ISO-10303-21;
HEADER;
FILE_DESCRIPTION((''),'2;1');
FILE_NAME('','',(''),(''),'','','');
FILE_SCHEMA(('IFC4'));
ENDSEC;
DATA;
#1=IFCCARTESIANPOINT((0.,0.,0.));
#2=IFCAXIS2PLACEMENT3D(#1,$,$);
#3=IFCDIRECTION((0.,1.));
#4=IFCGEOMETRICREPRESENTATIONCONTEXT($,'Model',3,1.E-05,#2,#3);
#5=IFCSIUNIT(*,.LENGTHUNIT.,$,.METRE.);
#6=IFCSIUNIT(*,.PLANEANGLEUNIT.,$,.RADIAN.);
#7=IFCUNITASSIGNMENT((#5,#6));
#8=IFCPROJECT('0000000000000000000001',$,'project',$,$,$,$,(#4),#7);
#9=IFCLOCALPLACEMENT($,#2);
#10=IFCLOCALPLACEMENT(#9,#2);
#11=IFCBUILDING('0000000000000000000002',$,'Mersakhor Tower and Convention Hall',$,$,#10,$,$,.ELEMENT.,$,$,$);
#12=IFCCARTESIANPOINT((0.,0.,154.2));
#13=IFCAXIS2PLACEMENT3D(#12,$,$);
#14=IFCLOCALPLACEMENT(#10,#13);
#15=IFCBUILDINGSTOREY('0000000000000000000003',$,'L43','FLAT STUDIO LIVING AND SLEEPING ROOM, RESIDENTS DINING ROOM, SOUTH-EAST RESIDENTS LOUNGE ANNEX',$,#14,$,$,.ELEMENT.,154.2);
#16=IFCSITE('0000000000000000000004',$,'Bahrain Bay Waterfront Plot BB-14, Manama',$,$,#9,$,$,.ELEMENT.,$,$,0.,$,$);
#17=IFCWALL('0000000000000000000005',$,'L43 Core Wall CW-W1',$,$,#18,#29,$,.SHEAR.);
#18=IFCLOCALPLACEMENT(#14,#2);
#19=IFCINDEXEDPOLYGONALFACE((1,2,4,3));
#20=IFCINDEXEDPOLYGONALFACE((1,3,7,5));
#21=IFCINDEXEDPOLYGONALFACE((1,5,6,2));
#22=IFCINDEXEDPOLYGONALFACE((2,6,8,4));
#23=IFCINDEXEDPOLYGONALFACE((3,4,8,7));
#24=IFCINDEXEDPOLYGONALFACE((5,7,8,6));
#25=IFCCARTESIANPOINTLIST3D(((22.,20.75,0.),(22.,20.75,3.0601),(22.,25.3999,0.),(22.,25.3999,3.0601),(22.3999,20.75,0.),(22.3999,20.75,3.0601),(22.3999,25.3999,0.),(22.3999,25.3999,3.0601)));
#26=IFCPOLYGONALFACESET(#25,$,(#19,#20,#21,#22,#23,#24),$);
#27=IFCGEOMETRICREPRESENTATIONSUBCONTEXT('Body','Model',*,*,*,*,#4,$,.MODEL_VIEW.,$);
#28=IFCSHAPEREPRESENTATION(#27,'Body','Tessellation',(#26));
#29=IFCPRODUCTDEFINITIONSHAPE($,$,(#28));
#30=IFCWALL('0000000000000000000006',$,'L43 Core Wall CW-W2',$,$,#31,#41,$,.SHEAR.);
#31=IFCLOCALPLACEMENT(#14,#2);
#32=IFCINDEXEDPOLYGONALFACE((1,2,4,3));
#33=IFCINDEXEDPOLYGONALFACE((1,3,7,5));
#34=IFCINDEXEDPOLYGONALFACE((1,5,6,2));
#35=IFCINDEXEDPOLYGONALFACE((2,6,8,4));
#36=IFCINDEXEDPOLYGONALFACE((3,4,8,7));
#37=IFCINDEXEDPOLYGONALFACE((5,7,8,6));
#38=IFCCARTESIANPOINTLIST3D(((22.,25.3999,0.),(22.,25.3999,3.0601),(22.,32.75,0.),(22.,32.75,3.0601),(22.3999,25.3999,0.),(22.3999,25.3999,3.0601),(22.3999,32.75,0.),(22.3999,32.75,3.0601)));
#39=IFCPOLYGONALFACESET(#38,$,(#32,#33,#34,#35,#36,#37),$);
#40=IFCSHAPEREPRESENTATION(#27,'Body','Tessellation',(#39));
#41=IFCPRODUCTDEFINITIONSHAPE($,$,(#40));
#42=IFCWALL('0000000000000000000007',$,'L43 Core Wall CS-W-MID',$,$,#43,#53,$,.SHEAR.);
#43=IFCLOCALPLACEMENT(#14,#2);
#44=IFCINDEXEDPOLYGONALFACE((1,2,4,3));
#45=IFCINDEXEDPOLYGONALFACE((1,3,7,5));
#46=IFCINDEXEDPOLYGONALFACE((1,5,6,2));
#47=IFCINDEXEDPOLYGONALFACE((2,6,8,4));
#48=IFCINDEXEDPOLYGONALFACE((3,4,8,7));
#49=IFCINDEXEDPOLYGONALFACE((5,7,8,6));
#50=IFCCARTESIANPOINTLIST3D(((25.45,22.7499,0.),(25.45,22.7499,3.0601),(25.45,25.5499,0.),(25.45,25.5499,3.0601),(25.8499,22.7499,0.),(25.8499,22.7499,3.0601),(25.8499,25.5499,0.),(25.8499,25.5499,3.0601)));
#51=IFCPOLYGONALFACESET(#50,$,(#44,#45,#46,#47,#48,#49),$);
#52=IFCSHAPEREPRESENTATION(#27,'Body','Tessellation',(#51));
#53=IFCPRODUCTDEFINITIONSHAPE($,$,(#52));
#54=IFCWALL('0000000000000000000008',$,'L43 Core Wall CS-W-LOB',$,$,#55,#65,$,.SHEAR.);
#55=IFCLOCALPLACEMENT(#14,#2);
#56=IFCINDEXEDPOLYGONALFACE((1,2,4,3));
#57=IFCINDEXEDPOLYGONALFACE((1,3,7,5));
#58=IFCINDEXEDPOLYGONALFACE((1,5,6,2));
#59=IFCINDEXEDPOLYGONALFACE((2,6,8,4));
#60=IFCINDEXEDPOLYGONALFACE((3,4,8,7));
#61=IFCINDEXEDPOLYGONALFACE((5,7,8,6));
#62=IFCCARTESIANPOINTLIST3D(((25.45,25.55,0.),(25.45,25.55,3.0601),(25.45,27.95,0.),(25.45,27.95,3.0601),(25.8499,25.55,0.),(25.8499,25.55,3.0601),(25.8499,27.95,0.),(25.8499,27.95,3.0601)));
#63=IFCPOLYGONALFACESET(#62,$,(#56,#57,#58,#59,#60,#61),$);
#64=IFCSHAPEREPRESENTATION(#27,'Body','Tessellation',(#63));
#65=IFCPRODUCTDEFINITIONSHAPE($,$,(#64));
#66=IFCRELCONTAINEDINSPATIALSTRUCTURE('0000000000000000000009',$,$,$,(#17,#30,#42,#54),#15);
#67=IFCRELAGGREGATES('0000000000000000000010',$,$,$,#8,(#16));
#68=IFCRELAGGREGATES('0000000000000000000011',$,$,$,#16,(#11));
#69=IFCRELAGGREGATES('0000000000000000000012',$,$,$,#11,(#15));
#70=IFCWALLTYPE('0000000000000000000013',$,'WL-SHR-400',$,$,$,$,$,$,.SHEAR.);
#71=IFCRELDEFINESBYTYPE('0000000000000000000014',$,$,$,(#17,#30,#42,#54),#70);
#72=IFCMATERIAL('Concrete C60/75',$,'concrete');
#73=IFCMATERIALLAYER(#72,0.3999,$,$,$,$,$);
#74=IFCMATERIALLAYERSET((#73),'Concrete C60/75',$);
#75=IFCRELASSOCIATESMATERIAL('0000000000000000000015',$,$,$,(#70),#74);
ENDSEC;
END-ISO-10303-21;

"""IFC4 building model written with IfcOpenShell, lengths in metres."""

from ifc_helpers import new_model, si_unit, direction, frame, frame_2d, origin, place, context, subcontext, project, spatial, rectangle, extrude, material, layer, layer_set, type_object, element, save


model = new_model("IFC4")

# Units and contexts
model_context = context("Model", 3, precision=1e-05, world=origin(), true_north=direction((0.0, 1.0)))
body_context = subcontext(model_context, "Body", "Model", "MODEL_VIEW")
ifc_project = project(units=[si_unit("LENGTHUNIT", "METRE"), si_unit("PLANEANGLEUNIT", "RADIAN")], contexts=[model_context])

# Site, building, storey
site_placement = place(None, origin())
site = spatial("IfcSite", under=ifc_project, at=site_placement, Name="Bahrain Bay Waterfront Plot BB-14, Manama", CompositionType="ELEMENT", RefElevation=0.0)
building_placement = place(site_placement, origin())
building = spatial("IfcBuilding", under=site, at=building_placement, Name="Mersakhor Tower and Convention Hall", CompositionType="ELEMENT")
storey_placement = place(building_placement, frame((0.0, 0.0, 154.2)))
storey = spatial("IfcBuildingStorey", under=building, at=storey_placement, Name="L43", Description="FLAT STUDIO LIVING AND SLEEPING ROOM, RESIDENTS DINING ROOM, SOUTH-EAST RESIDENTS LOUNGE ANNEX", CompositionType="ELEMENT", Elevation=154.2)

# Walls
ifc_material_1 = material(Name="Concrete C60/75", Category="concrete")
ifc_layer_1 = layer(ifc_material_1, 0.3999)
ifc_layer_set_1 = layer_set([ifc_layer_1], Name="Concrete C60/75")
wall_type_1 = type_object("IfcWallType", Name="WL-SHR-400", PredefinedType="SHEAR", material=ifc_layer_set_1)
wall_1_placement = place(storey_placement, frame((22.2, 20.75, 0.0), z_axis=(0.0, 0.0, 1.0), x_axis=(0.0, 1.0, 0.0)))
element("IfcWall", 1, at=wall_1_placement, inside=storey, type_object=wall_type_1, Name="L43 Core Wall CW-W1", PredefinedType="SHEAR", context=body_context, shape_type="SweptSolid", body=[
    extrude(rectangle(XDim=4.6499, YDim=0.3999, at=frame_2d((2.325, 0.0))), origin(), (0.0, 0.0, 1.0), 3.0601),
])
wall_2_placement = place(storey_placement, frame((22.2, 25.3999, 0.0), z_axis=(0.0, 0.0, 1.0), x_axis=(0.0, 1.0, 0.0)))
element("IfcWall", 2, at=wall_2_placement, inside=storey, type_object=wall_type_1, Name="L43 Core Wall CW-W2", PredefinedType="SHEAR", context=body_context, shape_type="SweptSolid", body=[
    extrude(rectangle(XDim=7.3501, YDim=0.3999, at=frame_2d((3.675, 0.0))), origin(), (0.0, 0.0, 1.0), 3.0601),
])

# Walls
wall_3_placement = place(storey_placement, frame((25.6499, 22.75, 0.0), z_axis=(0.0, 0.0, 1.0), x_axis=(0.0, 1.0, 0.0)))
element("IfcWall", 3, at=wall_3_placement, inside=storey, type_object=wall_type_1, Name="L43 Core Wall CS-W-MID", PredefinedType="SHEAR", context=body_context, shape_type="SweptSolid", body=[
    extrude(rectangle(XDim=2.8, YDim=0.3999, at=frame_2d((1.3999, 0.0))), origin(), (0.0, 0.0, 1.0), 3.0601),
])
wall_4_placement = place(storey_placement, frame((25.6499, 25.55, 0.0), z_axis=(0.0, 0.0, 1.0), x_axis=(0.0, 1.0, 0.0)))
element("IfcWall", 4, at=wall_4_placement, inside=storey, type_object=wall_type_1, Name="L43 Core Wall CS-W-LOB", PredefinedType="SHEAR", context=body_context, shape_type="SweptSolid", body=[
    extrude(rectangle(XDim=2.3999, YDim=0.3999, at=frame_2d((1.2, 0.0))), origin(), (0.0, 0.0, 1.0), 3.0601),
])

save(model, "model.ifc")
